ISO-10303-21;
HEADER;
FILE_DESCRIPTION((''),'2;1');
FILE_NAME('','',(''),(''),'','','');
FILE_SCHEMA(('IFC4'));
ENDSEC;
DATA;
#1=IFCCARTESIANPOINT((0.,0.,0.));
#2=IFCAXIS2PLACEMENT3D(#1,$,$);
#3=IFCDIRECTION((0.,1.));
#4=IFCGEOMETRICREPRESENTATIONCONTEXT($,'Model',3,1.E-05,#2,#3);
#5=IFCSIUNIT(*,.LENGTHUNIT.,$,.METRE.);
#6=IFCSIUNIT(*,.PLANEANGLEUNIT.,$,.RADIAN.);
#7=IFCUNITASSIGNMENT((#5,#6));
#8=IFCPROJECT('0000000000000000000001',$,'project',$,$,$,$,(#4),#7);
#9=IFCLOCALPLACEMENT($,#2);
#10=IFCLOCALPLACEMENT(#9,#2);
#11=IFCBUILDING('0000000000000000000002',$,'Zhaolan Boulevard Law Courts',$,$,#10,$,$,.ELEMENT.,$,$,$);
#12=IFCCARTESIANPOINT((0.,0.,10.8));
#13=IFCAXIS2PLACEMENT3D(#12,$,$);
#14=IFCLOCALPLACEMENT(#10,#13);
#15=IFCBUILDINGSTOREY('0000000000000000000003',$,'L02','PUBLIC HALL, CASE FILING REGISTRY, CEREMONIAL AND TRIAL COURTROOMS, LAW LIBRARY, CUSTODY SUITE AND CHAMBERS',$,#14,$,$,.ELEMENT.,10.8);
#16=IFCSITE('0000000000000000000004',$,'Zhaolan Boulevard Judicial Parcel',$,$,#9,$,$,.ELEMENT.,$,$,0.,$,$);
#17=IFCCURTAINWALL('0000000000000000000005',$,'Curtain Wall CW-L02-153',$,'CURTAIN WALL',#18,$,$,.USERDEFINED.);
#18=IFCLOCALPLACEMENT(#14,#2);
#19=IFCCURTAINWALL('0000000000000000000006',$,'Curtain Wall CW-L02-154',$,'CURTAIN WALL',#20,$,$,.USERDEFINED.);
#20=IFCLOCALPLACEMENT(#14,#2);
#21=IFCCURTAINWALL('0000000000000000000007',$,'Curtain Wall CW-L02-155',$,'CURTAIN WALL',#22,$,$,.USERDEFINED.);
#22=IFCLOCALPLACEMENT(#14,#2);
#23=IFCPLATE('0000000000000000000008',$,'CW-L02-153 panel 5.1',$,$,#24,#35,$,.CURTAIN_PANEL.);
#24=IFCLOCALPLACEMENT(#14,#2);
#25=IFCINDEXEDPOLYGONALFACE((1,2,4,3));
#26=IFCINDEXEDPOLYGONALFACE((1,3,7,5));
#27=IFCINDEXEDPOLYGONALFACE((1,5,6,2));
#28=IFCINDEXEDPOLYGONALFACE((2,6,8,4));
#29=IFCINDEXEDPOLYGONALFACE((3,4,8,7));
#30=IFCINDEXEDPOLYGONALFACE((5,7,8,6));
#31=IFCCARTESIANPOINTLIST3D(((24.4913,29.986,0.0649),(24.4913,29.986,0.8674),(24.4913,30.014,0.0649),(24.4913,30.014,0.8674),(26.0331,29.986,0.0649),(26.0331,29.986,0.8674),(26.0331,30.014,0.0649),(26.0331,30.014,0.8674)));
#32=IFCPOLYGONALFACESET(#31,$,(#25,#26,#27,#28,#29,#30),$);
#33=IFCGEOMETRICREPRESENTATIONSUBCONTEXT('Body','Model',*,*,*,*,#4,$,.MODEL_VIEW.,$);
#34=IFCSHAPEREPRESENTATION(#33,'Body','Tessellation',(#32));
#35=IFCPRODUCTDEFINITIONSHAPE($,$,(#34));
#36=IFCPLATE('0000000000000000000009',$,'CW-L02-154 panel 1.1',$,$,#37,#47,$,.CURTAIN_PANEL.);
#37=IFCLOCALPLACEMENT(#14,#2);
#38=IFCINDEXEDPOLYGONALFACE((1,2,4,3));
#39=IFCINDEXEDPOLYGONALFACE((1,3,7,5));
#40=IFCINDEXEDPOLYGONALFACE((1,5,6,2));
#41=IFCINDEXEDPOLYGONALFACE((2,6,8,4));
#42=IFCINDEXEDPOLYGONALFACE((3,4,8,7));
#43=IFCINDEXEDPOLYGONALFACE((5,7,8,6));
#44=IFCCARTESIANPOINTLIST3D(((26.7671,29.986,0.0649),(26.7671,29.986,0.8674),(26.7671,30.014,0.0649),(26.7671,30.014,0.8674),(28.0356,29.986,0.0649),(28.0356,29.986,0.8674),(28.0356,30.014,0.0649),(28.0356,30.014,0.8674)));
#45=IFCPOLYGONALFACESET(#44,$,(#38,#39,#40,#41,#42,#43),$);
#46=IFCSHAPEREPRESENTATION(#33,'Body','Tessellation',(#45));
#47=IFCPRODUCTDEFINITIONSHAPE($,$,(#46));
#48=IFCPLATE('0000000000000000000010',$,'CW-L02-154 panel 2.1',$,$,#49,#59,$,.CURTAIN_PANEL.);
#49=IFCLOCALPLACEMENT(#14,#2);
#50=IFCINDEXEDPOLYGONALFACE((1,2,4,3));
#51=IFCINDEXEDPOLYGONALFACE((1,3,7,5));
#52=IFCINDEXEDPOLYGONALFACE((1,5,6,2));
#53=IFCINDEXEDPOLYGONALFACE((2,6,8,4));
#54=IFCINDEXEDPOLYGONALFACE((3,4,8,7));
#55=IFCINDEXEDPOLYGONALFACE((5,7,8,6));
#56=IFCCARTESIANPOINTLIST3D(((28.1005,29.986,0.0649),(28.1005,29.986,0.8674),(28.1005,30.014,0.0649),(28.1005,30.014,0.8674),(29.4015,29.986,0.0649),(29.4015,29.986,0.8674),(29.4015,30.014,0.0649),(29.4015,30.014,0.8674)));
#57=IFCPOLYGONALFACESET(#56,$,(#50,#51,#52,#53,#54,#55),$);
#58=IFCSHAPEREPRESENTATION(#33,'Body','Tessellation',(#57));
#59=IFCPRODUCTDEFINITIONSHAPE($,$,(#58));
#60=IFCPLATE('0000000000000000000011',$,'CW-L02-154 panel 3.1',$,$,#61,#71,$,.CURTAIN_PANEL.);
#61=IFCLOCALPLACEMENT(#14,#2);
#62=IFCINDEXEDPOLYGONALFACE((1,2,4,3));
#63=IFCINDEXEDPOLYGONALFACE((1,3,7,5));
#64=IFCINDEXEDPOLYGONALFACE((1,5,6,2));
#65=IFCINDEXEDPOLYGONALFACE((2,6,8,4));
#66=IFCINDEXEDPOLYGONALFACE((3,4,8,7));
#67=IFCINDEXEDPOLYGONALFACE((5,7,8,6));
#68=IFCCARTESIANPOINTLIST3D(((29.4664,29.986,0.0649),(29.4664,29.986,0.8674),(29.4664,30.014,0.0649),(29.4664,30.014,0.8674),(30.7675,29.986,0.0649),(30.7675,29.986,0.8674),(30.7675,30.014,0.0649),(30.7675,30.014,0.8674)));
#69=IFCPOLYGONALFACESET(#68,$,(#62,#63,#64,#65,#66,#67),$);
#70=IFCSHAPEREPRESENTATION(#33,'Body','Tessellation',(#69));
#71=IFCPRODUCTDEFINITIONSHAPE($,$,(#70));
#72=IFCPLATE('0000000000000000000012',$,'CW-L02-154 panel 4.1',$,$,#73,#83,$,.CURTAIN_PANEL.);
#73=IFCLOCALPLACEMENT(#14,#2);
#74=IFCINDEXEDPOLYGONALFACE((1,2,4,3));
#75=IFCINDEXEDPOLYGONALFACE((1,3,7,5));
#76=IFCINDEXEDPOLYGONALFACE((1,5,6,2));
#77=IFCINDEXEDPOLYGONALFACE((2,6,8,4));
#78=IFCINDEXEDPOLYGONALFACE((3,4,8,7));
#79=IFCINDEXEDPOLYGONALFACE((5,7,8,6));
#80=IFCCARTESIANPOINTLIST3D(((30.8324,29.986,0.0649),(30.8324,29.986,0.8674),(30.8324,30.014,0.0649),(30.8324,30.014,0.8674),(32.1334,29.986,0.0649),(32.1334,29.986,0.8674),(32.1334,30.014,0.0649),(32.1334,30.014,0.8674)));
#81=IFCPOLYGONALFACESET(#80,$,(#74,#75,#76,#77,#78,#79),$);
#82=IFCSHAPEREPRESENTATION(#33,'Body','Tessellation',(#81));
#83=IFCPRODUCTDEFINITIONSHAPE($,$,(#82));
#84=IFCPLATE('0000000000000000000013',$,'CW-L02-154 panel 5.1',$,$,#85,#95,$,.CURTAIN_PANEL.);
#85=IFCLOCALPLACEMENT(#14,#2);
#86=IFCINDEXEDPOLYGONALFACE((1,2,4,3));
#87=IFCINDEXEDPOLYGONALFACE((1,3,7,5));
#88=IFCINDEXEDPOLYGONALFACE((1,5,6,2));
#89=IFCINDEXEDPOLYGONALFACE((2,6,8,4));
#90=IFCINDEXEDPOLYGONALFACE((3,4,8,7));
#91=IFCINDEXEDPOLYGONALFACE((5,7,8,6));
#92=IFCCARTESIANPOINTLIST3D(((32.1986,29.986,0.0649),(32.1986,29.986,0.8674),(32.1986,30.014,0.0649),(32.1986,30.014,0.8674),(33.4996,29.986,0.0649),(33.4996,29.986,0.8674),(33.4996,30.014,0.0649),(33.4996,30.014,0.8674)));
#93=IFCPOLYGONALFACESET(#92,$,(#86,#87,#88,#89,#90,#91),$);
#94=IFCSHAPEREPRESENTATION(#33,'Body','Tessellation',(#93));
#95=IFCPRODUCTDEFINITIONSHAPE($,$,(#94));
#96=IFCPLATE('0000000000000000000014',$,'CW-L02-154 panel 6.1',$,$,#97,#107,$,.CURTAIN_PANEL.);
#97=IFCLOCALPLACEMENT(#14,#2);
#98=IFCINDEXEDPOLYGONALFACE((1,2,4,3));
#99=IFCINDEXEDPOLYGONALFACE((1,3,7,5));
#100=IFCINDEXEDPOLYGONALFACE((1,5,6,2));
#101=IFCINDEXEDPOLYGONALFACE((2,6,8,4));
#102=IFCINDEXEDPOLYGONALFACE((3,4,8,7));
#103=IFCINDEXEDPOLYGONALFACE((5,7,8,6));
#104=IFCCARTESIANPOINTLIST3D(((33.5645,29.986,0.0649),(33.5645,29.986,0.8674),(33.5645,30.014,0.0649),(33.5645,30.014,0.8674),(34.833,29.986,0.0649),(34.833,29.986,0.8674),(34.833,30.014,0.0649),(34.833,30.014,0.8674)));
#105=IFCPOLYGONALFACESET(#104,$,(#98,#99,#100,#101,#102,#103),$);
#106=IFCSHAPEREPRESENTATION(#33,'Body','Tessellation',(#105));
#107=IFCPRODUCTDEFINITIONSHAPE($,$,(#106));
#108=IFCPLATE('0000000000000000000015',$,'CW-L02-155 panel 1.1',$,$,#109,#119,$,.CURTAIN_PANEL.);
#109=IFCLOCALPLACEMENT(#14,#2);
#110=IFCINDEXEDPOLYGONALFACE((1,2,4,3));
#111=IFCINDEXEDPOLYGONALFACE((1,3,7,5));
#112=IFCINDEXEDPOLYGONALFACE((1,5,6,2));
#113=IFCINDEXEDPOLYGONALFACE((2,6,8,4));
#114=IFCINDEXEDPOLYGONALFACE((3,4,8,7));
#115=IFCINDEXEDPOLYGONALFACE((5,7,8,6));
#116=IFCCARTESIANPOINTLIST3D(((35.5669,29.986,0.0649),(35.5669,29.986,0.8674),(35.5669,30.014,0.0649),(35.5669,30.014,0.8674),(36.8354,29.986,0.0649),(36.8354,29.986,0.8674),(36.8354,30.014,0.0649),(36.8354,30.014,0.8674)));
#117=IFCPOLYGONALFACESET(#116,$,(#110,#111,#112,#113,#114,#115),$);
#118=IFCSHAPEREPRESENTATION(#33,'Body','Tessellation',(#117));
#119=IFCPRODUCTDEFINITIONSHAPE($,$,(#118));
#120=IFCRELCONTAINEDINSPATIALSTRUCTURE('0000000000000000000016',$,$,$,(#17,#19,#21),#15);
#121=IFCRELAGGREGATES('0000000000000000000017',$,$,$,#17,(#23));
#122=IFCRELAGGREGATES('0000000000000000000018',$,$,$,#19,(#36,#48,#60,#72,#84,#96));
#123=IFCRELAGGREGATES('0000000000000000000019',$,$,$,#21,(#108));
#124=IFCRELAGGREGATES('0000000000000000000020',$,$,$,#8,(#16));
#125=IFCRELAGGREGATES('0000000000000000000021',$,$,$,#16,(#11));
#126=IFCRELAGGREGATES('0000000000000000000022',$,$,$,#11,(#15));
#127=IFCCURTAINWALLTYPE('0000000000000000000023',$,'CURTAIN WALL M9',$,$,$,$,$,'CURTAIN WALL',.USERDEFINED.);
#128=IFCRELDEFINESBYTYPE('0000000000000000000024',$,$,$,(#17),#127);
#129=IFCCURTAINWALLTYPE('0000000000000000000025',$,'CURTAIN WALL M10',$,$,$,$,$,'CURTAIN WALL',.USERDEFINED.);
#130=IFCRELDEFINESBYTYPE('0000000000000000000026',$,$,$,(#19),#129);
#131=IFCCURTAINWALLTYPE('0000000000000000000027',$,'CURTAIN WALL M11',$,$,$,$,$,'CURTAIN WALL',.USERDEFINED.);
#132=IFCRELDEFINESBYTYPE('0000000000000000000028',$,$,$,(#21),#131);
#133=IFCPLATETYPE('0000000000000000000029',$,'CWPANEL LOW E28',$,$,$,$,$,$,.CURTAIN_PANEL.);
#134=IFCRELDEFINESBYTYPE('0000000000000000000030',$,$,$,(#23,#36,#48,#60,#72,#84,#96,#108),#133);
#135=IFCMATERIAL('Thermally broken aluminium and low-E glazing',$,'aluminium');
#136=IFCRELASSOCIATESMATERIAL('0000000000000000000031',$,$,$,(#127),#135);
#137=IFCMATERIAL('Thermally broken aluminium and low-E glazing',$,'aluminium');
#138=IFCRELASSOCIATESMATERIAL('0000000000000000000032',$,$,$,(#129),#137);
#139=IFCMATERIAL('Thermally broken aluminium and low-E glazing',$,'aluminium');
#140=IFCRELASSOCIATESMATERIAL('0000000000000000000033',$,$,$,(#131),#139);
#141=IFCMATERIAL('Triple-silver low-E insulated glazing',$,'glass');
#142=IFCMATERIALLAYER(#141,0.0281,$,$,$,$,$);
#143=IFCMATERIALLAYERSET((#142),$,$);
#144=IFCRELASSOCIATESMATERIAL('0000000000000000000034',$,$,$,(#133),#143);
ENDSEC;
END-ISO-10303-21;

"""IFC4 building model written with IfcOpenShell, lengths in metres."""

from ifc_helpers import new_model, si_unit, direction, frame, origin, origin_2d, place, context, subcontext, project, spatial, rectangle, extrude, material, layer, layer_set, type_object, element, aggregate, save


model = new_model("IFC4")

# Units and contexts
model_context = context("Model", 3, precision=1e-05, world=origin(), true_north=direction((0.0, 1.0)))
body_context = subcontext(model_context, "Body", "Model", "MODEL_VIEW")
ifc_project = project(units=[si_unit("LENGTHUNIT", "METRE"), si_unit("PLANEANGLEUNIT", "RADIAN")], contexts=[model_context])

# Site, building, storey
site_placement = place(None, origin())
site = spatial("IfcSite", under=ifc_project, at=site_placement, Name="Zhaolan Boulevard Judicial Parcel", CompositionType="ELEMENT", RefElevation=0.0)
building_placement = place(site_placement, origin())
building = spatial("IfcBuilding", under=site, at=building_placement, Name="Zhaolan Boulevard Law Courts", CompositionType="ELEMENT")
storey_placement = place(building_placement, frame((0.0, 0.0, 10.8)))
storey = spatial("IfcBuildingStorey", under=building, at=storey_placement, Name="L02", Description="PUBLIC HALL, CASE FILING REGISTRY, CEREMONIAL AND TRIAL COURTROOMS, LAW LIBRARY, CUSTODY SUITE AND CHAMBERS", CompositionType="ELEMENT", Elevation=10.8)

# Curtain walls
ifc_material_1 = material(Name="Thermally broken aluminium and low-E glazing", Category="aluminium")
curtain_wall_type_1 = type_object("IfcCurtainWallType", Name="CURTAIN WALL M9", ElementType="CURTAIN WALL", PredefinedType="USERDEFINED", material=ifc_material_1)
curtain_wall_1_placement = place(storey_placement, origin())
curtain_wall_1 = element("IfcCurtainWall", 1, at=curtain_wall_1_placement, inside=storey, type_object=curtain_wall_type_1, Name="Curtain Wall CW-L02-153", ObjectType="CURTAIN WALL", PredefinedType="USERDEFINED")
ifc_material_2 = material(Name="Thermally broken aluminium and low-E glazing", Category="aluminium")
curtain_wall_type_2 = type_object("IfcCurtainWallType", Name="CURTAIN WALL M10", ElementType="CURTAIN WALL", PredefinedType="USERDEFINED", material=ifc_material_2)
curtain_wall_2_placement = place(storey_placement, origin())
curtain_wall_2 = element("IfcCurtainWall", 2, at=curtain_wall_2_placement, inside=storey, type_object=curtain_wall_type_2, Name="Curtain Wall CW-L02-154", ObjectType="CURTAIN WALL", PredefinedType="USERDEFINED")

# Curtain wall
ifc_material_3 = material(Name="Thermally broken aluminium and low-E glazing", Category="aluminium")
curtain_wall_type_3 = type_object("IfcCurtainWallType", Name="CURTAIN WALL M11", ElementType="CURTAIN WALL", PredefinedType="USERDEFINED", material=ifc_material_3)
curtain_wall_3_placement = place(storey_placement, origin())
curtain_wall_3 = element("IfcCurtainWall", 3, at=curtain_wall_3_placement, inside=storey, type_object=curtain_wall_type_3, Name="Curtain Wall CW-L02-155", ObjectType="CURTAIN WALL", PredefinedType="USERDEFINED")

# Plates
ifc_material_4 = material(Name="Triple-silver low-E insulated glazing", Category="glass")
ifc_layer = layer(ifc_material_4, 0.0281)
ifc_layer_set = layer_set([ifc_layer])
plate_type = type_object("IfcPlateType", Name="CWPANEL LOW E28", PredefinedType="CURTAIN_PANEL", material=ifc_layer_set)
plate_1_placement = place(storey_placement, frame((25.2622, 30.0, 0.0649), z_axis=(0.0, 0.0, 1.0), x_axis=(1.0, 0.0, 0.0)))
plate_1 = element("IfcPlate", 4, at=plate_1_placement, type_object=plate_type, Name="CW-L02-153 panel 5.1", PredefinedType="CURTAIN_PANEL", context=body_context, shape_type="SweptSolid", body=[
    extrude(rectangle(XDim=1.5417, YDim=0.0281, at=origin_2d()), origin(), (0.0, 0.0, 1.0), 0.8025),
])
aggregate(curtain_wall_1, [plate_1])
plate_2_placement = place(storey_placement, frame((27.4014, 30.0, 0.0649), z_axis=(0.0, 0.0, 1.0), x_axis=(1.0, 0.0, 0.0)))
plate_2 = element("IfcPlate", 5, at=plate_2_placement, type_object=plate_type, Name="CW-L02-154 panel 1.1", PredefinedType="CURTAIN_PANEL", context=body_context, shape_type="SweptSolid", body=[
    extrude(rectangle(XDim=1.2686, YDim=0.0281, at=origin_2d()), origin(), (0.0, 0.0, 1.0), 0.8025),
])
plate_3_placement = place(storey_placement, frame((28.751, 30.0, 0.0649), z_axis=(0.0, 0.0, 1.0), x_axis=(1.0, 0.0, 0.0)))
plate_3 = element("IfcPlate", 6, at=plate_3_placement, type_object=plate_type, Name="CW-L02-154 panel 2.1", PredefinedType="CURTAIN_PANEL", context=body_context, shape_type="SweptSolid", body=[
    extrude(rectangle(XDim=1.301, YDim=0.0281, at=origin_2d()), origin(), (0.0, 0.0, 1.0), 0.8025),
])
plate_4_placement = place(storey_placement, frame((30.1169, 30.0, 0.0649), z_axis=(0.0, 0.0, 1.0), x_axis=(1.0, 0.0, 0.0)))
plate_4 = element("IfcPlate", 7, at=plate_4_placement, type_object=plate_type, Name="CW-L02-154 panel 3.1", PredefinedType="CURTAIN_PANEL", context=body_context, shape_type="SweptSolid", body=[
    extrude(rectangle(XDim=1.301, YDim=0.0281, at=origin_2d()), origin(), (0.0, 0.0, 1.0), 0.8025),
])
plate_5_placement = place(storey_placement, frame((31.4829, 30.0, 0.0649), z_axis=(0.0, 0.0, 1.0), x_axis=(1.0, 0.0, 0.0)))
plate_5 = element("IfcPlate", 8, at=plate_5_placement, type_object=plate_type, Name="CW-L02-154 panel 4.1", PredefinedType="CURTAIN_PANEL", context=body_context, shape_type="SweptSolid", body=[
    extrude(rectangle(XDim=1.301, YDim=0.0281, at=origin_2d()), origin(), (0.0, 0.0, 1.0), 0.8025),
])
plate_6_placement = place(storey_placement, frame((32.8491, 30.0, 0.0649), z_axis=(0.0, 0.0, 1.0), x_axis=(1.0, 0.0, 0.0)))
plate_6 = element("IfcPlate", 9, at=plate_6_placement, type_object=plate_type, Name="CW-L02-154 panel 5.1", PredefinedType="CURTAIN_PANEL", context=body_context, shape_type="SweptSolid", body=[
    extrude(rectangle(XDim=1.301, YDim=0.0281, at=origin_2d()), origin(), (0.0, 0.0, 1.0), 0.8025),
])
plate_7_placement = place(storey_placement, frame((34.1987, 30.0, 0.0649), z_axis=(0.0, 0.0, 1.0), x_axis=(1.0, 0.0, 0.0)))
plate_7 = element("IfcPlate", 10, at=plate_7_placement, type_object=plate_type, Name="CW-L02-154 panel 6.1", PredefinedType="CURTAIN_PANEL", context=body_context, shape_type="SweptSolid", body=[
    extrude(rectangle(XDim=1.2686, YDim=0.0281, at=origin_2d()), origin(), (0.0, 0.0, 1.0), 0.8025),
])
aggregate(curtain_wall_2, [plate_2, plate_3, plate_4, plate_5, plate_6, plate_7])
plate_8_placement = place(storey_placement, frame((36.2012, 30.0, 0.0649), z_axis=(0.0, 0.0, 1.0), x_axis=(1.0, 0.0, 0.0)))
plate_8 = element("IfcPlate", 11, at=plate_8_placement, type_object=plate_type, Name="CW-L02-155 panel 1.1", PredefinedType="CURTAIN_PANEL", context=body_context, shape_type="SweptSolid", body=[
    extrude(rectangle(XDim=1.2686, YDim=0.0281, at=origin_2d()), origin(), (0.0, 0.0, 1.0), 0.8025),
])
aggregate(curtain_wall_3, [plate_8])

save(model, "model.ifc")
